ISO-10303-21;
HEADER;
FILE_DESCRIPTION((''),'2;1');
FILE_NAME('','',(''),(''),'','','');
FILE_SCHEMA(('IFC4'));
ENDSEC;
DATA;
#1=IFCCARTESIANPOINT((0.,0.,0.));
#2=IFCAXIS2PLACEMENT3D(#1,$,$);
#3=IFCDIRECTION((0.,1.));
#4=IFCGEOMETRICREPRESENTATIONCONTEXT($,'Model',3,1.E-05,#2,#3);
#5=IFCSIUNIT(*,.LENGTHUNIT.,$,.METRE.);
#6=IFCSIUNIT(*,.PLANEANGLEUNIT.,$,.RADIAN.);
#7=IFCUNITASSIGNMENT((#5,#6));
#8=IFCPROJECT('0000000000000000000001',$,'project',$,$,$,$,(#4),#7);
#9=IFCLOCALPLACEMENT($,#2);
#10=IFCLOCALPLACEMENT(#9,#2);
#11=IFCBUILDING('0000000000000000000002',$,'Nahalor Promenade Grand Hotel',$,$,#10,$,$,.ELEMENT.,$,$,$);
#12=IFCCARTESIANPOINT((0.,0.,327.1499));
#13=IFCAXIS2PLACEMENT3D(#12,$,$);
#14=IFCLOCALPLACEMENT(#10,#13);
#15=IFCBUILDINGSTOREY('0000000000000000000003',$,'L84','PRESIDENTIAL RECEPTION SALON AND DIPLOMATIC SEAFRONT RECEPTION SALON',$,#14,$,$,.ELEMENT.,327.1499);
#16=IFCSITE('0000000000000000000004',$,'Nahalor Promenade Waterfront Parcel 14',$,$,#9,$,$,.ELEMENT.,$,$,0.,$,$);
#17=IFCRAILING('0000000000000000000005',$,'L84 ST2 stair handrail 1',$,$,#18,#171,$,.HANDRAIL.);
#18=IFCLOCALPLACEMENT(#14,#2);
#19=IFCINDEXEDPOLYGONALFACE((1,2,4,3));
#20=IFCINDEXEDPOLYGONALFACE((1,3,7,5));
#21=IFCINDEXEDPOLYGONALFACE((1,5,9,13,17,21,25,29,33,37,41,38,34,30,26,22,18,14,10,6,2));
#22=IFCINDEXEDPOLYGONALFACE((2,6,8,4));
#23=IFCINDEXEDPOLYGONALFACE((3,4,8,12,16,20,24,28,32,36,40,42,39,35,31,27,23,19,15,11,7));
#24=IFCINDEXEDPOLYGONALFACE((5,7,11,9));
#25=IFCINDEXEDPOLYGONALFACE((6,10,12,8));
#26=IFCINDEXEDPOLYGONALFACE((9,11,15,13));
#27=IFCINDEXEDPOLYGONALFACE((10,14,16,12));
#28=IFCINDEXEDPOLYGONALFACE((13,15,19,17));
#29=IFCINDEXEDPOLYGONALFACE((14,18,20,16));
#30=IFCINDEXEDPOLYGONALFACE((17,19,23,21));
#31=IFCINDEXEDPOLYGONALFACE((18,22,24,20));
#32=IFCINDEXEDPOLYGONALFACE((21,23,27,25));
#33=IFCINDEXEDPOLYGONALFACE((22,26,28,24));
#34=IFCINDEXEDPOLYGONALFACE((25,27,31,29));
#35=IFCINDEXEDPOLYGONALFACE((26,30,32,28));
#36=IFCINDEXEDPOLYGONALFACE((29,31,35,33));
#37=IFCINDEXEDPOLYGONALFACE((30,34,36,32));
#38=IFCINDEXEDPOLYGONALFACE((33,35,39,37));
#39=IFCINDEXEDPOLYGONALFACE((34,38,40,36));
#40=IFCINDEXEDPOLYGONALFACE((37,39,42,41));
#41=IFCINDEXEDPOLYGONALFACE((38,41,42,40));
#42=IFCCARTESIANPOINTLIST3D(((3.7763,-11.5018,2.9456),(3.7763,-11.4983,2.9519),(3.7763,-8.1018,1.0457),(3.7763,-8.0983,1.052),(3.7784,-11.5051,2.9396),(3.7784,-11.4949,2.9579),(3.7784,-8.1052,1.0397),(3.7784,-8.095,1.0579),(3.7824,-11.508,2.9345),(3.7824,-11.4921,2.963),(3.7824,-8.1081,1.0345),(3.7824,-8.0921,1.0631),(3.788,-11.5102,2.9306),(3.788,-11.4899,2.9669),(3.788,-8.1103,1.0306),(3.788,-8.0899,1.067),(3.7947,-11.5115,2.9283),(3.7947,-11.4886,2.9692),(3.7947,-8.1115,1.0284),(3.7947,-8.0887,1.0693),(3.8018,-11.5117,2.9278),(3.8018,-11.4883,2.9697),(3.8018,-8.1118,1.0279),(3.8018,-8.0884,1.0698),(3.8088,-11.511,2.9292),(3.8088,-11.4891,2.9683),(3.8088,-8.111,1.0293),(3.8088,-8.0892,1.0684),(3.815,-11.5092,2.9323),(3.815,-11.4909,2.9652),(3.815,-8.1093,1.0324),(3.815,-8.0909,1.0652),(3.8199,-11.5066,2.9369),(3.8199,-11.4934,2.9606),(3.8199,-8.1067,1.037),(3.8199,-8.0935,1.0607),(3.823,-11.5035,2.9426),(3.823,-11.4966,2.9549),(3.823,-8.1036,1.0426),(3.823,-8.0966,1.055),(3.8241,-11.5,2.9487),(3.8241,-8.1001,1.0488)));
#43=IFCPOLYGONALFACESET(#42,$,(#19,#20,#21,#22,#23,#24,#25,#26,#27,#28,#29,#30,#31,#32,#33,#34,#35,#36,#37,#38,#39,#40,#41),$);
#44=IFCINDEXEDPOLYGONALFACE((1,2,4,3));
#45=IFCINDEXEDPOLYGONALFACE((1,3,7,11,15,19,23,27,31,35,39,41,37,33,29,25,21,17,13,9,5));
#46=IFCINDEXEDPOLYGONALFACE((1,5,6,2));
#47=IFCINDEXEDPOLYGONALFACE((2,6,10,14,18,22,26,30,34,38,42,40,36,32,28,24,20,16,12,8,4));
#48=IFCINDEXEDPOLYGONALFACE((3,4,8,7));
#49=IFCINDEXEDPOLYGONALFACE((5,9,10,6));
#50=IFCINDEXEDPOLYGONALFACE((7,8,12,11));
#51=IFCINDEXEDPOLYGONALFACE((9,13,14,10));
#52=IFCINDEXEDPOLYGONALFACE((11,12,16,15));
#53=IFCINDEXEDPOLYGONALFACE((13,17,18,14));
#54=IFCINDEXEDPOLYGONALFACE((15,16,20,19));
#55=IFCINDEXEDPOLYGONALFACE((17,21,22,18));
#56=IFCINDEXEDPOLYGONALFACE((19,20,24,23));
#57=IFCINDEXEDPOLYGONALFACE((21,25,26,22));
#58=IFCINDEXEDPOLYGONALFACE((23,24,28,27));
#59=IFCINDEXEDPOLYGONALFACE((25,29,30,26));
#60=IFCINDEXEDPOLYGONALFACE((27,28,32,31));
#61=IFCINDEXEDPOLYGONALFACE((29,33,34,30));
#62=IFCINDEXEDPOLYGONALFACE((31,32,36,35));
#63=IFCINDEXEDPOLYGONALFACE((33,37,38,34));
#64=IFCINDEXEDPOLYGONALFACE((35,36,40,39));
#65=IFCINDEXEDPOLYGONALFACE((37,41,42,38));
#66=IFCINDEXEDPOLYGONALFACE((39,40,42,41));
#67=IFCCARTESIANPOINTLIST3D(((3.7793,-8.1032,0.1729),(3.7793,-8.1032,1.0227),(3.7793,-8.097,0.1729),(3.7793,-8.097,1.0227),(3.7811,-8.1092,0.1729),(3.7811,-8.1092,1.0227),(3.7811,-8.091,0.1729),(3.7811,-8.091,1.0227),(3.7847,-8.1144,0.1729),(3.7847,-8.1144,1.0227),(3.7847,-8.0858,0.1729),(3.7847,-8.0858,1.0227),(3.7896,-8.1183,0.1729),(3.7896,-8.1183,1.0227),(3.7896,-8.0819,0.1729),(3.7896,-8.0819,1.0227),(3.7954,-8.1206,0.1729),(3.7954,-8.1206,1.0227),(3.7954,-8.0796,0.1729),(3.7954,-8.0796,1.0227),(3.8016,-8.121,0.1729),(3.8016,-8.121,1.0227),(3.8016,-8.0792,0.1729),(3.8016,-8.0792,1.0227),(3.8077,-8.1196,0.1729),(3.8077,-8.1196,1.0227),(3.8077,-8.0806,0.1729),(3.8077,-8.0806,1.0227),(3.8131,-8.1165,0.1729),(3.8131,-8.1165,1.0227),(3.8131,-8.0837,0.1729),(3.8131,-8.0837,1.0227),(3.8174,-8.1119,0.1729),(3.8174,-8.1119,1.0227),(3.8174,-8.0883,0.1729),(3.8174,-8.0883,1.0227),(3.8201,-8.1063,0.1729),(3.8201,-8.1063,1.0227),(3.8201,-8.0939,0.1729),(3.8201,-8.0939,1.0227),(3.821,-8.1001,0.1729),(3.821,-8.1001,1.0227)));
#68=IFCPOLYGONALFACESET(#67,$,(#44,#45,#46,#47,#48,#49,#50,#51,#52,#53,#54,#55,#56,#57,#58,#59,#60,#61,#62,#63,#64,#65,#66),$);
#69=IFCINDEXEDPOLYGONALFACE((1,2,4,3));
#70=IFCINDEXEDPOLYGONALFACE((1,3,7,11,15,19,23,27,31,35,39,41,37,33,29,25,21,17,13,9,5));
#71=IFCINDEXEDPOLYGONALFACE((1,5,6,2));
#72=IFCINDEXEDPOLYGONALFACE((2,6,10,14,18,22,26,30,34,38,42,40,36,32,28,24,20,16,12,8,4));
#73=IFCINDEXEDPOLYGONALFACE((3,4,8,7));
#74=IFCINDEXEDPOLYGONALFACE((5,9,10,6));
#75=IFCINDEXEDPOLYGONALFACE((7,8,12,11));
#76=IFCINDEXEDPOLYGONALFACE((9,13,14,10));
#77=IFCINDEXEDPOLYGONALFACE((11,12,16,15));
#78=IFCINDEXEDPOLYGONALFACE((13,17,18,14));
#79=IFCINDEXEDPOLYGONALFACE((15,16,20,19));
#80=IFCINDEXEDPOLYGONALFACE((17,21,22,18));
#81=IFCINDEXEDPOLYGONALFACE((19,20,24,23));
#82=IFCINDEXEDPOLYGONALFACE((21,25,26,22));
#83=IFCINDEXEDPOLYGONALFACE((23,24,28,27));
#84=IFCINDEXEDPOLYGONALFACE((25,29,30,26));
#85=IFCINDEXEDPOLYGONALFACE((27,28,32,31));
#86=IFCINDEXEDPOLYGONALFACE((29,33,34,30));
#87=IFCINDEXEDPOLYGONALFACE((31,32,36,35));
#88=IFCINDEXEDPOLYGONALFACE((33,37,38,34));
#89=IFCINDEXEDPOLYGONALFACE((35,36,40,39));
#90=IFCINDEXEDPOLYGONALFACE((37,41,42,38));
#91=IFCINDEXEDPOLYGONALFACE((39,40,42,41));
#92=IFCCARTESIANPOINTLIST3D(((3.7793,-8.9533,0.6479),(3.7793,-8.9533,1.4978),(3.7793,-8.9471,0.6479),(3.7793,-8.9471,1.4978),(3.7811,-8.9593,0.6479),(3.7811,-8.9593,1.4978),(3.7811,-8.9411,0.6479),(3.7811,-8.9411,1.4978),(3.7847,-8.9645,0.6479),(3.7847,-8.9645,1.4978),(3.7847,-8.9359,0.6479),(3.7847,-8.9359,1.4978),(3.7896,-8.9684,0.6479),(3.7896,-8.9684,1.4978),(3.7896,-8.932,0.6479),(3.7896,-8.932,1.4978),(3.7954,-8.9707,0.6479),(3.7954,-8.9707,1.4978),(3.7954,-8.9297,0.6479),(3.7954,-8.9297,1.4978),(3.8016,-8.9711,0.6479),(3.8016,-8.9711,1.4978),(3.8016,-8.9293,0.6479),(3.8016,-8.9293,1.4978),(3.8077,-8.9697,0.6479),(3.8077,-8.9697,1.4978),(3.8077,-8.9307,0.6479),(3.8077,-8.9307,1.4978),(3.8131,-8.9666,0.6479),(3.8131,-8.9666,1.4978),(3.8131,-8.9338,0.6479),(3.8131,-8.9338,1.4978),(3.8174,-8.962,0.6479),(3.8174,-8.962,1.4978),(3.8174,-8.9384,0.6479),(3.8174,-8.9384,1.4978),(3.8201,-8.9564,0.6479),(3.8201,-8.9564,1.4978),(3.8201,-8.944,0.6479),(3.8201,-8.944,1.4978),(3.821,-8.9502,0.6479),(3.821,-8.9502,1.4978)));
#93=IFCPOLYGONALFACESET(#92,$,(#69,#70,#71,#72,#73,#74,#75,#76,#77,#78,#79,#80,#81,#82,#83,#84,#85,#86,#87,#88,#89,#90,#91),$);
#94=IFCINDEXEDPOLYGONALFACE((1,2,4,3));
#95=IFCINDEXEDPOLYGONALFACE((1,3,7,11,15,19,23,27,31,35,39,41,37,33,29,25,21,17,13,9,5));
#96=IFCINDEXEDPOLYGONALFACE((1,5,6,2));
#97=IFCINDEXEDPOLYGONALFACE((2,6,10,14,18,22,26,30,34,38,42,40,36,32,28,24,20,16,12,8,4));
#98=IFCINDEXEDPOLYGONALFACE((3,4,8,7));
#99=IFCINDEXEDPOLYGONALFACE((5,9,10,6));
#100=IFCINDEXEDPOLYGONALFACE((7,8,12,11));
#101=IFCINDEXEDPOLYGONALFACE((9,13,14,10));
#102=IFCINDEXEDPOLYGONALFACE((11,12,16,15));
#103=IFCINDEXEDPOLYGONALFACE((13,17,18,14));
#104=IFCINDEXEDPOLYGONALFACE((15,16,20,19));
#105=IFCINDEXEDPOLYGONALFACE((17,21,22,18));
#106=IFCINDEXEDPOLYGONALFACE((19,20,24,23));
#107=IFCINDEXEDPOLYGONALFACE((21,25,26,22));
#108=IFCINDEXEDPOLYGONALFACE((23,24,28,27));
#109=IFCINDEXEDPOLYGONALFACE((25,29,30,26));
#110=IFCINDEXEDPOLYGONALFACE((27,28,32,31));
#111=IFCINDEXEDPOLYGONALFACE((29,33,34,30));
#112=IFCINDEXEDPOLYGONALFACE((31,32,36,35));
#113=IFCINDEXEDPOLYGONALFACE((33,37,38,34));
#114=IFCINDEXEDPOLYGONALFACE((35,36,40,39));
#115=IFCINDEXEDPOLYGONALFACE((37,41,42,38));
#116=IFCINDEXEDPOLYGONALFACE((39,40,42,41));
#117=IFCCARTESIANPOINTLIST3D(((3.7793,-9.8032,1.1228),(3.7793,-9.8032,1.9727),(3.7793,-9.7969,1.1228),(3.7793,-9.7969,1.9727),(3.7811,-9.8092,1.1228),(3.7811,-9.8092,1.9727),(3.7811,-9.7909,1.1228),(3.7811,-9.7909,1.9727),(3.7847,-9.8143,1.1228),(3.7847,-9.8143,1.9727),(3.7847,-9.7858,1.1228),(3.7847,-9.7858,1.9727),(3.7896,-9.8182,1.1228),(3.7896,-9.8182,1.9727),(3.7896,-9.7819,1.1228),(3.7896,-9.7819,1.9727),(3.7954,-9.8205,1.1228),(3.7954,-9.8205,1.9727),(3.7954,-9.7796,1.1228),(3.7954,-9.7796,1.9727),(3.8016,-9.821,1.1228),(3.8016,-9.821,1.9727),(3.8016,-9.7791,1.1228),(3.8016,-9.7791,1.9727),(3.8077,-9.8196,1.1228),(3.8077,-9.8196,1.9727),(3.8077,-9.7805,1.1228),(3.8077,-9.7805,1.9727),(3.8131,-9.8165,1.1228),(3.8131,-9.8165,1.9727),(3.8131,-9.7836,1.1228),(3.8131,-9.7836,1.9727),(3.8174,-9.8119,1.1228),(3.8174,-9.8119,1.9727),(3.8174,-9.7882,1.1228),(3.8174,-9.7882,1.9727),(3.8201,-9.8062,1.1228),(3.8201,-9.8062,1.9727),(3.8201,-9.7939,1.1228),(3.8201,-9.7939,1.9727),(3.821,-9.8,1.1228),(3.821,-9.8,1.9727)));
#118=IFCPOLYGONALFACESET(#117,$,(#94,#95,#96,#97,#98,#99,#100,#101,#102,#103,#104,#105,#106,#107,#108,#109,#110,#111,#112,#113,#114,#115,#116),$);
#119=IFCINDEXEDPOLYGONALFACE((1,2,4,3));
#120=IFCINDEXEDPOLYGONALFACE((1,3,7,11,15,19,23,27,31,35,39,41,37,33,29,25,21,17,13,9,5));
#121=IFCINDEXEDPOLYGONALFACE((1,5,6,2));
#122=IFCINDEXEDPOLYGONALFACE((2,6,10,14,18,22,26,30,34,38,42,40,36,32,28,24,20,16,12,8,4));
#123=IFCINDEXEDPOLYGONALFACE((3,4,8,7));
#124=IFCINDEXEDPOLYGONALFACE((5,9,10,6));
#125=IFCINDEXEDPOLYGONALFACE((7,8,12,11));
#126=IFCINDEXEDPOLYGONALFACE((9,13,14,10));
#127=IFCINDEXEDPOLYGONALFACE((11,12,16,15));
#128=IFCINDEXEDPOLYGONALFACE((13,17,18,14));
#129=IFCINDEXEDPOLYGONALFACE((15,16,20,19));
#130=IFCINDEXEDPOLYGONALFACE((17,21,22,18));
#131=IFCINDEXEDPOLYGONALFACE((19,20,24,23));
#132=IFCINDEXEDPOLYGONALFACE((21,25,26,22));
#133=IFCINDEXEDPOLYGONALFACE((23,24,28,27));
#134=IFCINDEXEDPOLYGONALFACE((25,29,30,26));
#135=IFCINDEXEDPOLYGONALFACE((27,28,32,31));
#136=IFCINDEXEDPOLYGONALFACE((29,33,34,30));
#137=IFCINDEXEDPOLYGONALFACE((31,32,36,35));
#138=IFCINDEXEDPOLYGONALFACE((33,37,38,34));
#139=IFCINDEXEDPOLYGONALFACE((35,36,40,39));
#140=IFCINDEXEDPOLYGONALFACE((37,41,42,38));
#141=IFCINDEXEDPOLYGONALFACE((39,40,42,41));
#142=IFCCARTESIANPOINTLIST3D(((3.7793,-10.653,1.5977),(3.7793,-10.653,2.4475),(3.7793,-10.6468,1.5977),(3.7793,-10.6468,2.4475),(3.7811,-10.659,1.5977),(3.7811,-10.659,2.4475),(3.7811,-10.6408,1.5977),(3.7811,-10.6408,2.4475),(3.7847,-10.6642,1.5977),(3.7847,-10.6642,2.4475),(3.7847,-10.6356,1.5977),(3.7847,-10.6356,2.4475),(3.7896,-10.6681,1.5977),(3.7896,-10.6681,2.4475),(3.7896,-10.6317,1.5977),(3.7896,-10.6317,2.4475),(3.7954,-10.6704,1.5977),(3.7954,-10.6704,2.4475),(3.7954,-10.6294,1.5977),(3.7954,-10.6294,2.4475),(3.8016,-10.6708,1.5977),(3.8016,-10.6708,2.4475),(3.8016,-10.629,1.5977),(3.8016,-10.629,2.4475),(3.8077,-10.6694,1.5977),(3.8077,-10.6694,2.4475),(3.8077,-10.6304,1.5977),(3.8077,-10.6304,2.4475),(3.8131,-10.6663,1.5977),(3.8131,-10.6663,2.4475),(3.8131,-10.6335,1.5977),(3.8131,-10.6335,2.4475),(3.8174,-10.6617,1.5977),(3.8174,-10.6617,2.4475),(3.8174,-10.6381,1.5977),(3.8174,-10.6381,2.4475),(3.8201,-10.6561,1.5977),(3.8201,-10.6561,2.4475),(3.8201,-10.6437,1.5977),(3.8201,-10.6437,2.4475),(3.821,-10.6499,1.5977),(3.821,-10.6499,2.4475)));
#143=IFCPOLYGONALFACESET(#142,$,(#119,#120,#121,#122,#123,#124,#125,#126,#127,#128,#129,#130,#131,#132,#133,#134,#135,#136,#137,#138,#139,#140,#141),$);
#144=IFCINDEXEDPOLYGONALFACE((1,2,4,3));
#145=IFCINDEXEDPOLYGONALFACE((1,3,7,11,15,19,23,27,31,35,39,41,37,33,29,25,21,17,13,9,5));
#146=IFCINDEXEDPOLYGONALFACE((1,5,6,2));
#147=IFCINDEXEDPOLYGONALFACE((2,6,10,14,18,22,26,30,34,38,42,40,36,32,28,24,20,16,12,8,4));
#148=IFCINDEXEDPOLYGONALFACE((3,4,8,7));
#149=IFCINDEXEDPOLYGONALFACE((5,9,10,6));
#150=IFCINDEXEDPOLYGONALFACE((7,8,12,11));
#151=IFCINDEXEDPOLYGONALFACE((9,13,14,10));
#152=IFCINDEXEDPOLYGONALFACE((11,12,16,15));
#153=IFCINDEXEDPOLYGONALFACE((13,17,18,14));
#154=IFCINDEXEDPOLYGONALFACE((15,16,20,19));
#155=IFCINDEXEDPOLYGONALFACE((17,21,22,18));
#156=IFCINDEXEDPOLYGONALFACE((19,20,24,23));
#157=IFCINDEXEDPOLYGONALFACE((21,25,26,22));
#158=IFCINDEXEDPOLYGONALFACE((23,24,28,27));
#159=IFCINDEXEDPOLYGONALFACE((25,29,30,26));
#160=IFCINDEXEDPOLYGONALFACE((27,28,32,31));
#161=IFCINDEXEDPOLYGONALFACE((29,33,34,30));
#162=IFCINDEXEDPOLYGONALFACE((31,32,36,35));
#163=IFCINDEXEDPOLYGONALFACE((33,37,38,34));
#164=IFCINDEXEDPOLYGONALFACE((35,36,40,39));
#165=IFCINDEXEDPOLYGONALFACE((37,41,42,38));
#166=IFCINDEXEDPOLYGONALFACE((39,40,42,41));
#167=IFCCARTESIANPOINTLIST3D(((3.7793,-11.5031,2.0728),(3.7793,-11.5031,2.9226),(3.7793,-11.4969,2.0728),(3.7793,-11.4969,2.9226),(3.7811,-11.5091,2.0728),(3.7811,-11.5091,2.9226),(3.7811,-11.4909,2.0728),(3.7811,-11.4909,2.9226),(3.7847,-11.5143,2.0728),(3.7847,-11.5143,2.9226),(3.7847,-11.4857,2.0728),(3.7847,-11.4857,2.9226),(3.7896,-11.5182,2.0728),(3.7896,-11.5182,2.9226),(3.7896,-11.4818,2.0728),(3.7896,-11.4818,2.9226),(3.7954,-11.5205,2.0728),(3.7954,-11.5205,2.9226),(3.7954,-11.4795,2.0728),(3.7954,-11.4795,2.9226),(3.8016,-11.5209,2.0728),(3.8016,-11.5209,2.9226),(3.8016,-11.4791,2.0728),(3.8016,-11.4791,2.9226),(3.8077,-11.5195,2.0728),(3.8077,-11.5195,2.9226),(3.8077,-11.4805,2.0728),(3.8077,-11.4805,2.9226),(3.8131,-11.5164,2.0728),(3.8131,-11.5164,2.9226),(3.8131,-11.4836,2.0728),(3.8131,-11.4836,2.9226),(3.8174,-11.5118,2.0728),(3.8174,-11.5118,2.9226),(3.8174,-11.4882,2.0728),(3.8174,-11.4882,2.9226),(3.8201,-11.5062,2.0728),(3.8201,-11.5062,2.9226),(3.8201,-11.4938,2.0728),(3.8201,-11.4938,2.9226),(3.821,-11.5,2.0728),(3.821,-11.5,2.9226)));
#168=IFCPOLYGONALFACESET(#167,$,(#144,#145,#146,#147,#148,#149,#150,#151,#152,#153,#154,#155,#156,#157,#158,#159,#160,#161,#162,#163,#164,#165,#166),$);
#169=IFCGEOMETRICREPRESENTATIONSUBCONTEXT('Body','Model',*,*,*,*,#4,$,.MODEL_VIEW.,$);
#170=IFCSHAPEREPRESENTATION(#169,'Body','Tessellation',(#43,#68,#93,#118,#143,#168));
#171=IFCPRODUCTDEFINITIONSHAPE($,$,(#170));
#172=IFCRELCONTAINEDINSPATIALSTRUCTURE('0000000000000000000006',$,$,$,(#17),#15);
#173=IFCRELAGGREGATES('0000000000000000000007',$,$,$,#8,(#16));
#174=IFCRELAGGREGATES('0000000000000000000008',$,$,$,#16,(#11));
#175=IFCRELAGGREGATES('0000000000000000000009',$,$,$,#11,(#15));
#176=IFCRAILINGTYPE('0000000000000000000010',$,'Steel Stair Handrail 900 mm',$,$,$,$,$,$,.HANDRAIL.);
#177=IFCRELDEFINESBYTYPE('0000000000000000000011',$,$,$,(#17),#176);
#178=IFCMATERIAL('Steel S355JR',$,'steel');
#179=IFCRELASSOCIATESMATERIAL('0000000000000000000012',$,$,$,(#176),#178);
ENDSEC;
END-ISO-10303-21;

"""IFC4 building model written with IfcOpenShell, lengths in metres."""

from ifc_helpers import new_model, si_unit, direction, frame, origin, origin_2d, place, context, subcontext, project, spatial, circle, extrude, material, type_object, element, save


model = new_model("IFC4")

# Units and contexts
model_context = context("Model", 3, precision=1e-05, world=origin(), true_north=direction((0.0, 1.0)))
body_context = subcontext(model_context, "Body", "Model", "MODEL_VIEW")
ifc_project = project(units=[si_unit("LENGTHUNIT", "METRE"), si_unit("PLANEANGLEUNIT", "RADIAN")], contexts=[model_context])

# Site, building, storey
site_placement = place(None, origin())
site = spatial("IfcSite", under=ifc_project, at=site_placement, Name="Nahalor Promenade Waterfront Parcel 14", CompositionType="ELEMENT", RefElevation=0.0)
building_placement = place(site_placement, origin())
building = spatial("IfcBuilding", under=site, at=building_placement, Name="Nahalor Promenade Grand Hotel", CompositionType="ELEMENT")
storey_placement = place(building_placement, frame((0.0, 0.0, 327.1499)))
storey = spatial("IfcBuildingStorey", under=building, at=storey_placement, Name="L84", Description="PRESIDENTIAL RECEPTION SALON AND DIPLOMATIC SEAFRONT RECEPTION SALON", CompositionType="ELEMENT", Elevation=327.1499)

# Shared definitions
ifc_material_1 = material(Name="Steel S355JR", Category="steel")

# Railing
railing_type_1 = type_object("IfcRailingType", Name="Steel Stair Handrail 900 mm", PredefinedType="HANDRAIL", material=ifc_material_1)
for number, where, name in (
    (1, (3.8, -8.1001, 0.1729), "L84 ST2 stair handrail 1"),
):
    element("IfcRailing", number, at=place(storey_placement, frame(where)), inside=storey, type_object=railing_type_1, Name=name, PredefinedType="HANDRAIL", context=body_context, shape_type="SweptSolid", body=[
        extrude(circle(Radius=0.024, at=origin_2d()), frame((0.0, 0.0, 0.876), z_axis=(0.0, -0.872948, 0.487813), x_axis=(1.0, 0.0, 0.0)), (0.0, 0.0, 1.0), 3.8948),
        extrude(circle(Radius=0.021, at=origin_2d()), origin(), (0.0, 0.0, 1.0), 0.8499),
        extrude(circle(Radius=0.021, at=origin_2d()), frame((0.0, -0.8501, 0.4751)), (0.0, 0.0, 1.0), 0.8499),
        extrude(circle(Radius=0.021, at=origin_2d()), frame((0.0, -1.7, 0.95)), (0.0, 0.0, 1.0), 0.8499),
        extrude(circle(Radius=0.021, at=origin_2d()), frame((0.0, -2.5498, 1.4248)), (0.0, 0.0, 1.0), 0.8499),
        extrude(circle(Radius=0.021, at=origin_2d()), frame((0.0, -3.3999, 1.8999)), (0.0, 0.0, 1.0), 0.8499),
    ])

save(model, "model.ifc")
